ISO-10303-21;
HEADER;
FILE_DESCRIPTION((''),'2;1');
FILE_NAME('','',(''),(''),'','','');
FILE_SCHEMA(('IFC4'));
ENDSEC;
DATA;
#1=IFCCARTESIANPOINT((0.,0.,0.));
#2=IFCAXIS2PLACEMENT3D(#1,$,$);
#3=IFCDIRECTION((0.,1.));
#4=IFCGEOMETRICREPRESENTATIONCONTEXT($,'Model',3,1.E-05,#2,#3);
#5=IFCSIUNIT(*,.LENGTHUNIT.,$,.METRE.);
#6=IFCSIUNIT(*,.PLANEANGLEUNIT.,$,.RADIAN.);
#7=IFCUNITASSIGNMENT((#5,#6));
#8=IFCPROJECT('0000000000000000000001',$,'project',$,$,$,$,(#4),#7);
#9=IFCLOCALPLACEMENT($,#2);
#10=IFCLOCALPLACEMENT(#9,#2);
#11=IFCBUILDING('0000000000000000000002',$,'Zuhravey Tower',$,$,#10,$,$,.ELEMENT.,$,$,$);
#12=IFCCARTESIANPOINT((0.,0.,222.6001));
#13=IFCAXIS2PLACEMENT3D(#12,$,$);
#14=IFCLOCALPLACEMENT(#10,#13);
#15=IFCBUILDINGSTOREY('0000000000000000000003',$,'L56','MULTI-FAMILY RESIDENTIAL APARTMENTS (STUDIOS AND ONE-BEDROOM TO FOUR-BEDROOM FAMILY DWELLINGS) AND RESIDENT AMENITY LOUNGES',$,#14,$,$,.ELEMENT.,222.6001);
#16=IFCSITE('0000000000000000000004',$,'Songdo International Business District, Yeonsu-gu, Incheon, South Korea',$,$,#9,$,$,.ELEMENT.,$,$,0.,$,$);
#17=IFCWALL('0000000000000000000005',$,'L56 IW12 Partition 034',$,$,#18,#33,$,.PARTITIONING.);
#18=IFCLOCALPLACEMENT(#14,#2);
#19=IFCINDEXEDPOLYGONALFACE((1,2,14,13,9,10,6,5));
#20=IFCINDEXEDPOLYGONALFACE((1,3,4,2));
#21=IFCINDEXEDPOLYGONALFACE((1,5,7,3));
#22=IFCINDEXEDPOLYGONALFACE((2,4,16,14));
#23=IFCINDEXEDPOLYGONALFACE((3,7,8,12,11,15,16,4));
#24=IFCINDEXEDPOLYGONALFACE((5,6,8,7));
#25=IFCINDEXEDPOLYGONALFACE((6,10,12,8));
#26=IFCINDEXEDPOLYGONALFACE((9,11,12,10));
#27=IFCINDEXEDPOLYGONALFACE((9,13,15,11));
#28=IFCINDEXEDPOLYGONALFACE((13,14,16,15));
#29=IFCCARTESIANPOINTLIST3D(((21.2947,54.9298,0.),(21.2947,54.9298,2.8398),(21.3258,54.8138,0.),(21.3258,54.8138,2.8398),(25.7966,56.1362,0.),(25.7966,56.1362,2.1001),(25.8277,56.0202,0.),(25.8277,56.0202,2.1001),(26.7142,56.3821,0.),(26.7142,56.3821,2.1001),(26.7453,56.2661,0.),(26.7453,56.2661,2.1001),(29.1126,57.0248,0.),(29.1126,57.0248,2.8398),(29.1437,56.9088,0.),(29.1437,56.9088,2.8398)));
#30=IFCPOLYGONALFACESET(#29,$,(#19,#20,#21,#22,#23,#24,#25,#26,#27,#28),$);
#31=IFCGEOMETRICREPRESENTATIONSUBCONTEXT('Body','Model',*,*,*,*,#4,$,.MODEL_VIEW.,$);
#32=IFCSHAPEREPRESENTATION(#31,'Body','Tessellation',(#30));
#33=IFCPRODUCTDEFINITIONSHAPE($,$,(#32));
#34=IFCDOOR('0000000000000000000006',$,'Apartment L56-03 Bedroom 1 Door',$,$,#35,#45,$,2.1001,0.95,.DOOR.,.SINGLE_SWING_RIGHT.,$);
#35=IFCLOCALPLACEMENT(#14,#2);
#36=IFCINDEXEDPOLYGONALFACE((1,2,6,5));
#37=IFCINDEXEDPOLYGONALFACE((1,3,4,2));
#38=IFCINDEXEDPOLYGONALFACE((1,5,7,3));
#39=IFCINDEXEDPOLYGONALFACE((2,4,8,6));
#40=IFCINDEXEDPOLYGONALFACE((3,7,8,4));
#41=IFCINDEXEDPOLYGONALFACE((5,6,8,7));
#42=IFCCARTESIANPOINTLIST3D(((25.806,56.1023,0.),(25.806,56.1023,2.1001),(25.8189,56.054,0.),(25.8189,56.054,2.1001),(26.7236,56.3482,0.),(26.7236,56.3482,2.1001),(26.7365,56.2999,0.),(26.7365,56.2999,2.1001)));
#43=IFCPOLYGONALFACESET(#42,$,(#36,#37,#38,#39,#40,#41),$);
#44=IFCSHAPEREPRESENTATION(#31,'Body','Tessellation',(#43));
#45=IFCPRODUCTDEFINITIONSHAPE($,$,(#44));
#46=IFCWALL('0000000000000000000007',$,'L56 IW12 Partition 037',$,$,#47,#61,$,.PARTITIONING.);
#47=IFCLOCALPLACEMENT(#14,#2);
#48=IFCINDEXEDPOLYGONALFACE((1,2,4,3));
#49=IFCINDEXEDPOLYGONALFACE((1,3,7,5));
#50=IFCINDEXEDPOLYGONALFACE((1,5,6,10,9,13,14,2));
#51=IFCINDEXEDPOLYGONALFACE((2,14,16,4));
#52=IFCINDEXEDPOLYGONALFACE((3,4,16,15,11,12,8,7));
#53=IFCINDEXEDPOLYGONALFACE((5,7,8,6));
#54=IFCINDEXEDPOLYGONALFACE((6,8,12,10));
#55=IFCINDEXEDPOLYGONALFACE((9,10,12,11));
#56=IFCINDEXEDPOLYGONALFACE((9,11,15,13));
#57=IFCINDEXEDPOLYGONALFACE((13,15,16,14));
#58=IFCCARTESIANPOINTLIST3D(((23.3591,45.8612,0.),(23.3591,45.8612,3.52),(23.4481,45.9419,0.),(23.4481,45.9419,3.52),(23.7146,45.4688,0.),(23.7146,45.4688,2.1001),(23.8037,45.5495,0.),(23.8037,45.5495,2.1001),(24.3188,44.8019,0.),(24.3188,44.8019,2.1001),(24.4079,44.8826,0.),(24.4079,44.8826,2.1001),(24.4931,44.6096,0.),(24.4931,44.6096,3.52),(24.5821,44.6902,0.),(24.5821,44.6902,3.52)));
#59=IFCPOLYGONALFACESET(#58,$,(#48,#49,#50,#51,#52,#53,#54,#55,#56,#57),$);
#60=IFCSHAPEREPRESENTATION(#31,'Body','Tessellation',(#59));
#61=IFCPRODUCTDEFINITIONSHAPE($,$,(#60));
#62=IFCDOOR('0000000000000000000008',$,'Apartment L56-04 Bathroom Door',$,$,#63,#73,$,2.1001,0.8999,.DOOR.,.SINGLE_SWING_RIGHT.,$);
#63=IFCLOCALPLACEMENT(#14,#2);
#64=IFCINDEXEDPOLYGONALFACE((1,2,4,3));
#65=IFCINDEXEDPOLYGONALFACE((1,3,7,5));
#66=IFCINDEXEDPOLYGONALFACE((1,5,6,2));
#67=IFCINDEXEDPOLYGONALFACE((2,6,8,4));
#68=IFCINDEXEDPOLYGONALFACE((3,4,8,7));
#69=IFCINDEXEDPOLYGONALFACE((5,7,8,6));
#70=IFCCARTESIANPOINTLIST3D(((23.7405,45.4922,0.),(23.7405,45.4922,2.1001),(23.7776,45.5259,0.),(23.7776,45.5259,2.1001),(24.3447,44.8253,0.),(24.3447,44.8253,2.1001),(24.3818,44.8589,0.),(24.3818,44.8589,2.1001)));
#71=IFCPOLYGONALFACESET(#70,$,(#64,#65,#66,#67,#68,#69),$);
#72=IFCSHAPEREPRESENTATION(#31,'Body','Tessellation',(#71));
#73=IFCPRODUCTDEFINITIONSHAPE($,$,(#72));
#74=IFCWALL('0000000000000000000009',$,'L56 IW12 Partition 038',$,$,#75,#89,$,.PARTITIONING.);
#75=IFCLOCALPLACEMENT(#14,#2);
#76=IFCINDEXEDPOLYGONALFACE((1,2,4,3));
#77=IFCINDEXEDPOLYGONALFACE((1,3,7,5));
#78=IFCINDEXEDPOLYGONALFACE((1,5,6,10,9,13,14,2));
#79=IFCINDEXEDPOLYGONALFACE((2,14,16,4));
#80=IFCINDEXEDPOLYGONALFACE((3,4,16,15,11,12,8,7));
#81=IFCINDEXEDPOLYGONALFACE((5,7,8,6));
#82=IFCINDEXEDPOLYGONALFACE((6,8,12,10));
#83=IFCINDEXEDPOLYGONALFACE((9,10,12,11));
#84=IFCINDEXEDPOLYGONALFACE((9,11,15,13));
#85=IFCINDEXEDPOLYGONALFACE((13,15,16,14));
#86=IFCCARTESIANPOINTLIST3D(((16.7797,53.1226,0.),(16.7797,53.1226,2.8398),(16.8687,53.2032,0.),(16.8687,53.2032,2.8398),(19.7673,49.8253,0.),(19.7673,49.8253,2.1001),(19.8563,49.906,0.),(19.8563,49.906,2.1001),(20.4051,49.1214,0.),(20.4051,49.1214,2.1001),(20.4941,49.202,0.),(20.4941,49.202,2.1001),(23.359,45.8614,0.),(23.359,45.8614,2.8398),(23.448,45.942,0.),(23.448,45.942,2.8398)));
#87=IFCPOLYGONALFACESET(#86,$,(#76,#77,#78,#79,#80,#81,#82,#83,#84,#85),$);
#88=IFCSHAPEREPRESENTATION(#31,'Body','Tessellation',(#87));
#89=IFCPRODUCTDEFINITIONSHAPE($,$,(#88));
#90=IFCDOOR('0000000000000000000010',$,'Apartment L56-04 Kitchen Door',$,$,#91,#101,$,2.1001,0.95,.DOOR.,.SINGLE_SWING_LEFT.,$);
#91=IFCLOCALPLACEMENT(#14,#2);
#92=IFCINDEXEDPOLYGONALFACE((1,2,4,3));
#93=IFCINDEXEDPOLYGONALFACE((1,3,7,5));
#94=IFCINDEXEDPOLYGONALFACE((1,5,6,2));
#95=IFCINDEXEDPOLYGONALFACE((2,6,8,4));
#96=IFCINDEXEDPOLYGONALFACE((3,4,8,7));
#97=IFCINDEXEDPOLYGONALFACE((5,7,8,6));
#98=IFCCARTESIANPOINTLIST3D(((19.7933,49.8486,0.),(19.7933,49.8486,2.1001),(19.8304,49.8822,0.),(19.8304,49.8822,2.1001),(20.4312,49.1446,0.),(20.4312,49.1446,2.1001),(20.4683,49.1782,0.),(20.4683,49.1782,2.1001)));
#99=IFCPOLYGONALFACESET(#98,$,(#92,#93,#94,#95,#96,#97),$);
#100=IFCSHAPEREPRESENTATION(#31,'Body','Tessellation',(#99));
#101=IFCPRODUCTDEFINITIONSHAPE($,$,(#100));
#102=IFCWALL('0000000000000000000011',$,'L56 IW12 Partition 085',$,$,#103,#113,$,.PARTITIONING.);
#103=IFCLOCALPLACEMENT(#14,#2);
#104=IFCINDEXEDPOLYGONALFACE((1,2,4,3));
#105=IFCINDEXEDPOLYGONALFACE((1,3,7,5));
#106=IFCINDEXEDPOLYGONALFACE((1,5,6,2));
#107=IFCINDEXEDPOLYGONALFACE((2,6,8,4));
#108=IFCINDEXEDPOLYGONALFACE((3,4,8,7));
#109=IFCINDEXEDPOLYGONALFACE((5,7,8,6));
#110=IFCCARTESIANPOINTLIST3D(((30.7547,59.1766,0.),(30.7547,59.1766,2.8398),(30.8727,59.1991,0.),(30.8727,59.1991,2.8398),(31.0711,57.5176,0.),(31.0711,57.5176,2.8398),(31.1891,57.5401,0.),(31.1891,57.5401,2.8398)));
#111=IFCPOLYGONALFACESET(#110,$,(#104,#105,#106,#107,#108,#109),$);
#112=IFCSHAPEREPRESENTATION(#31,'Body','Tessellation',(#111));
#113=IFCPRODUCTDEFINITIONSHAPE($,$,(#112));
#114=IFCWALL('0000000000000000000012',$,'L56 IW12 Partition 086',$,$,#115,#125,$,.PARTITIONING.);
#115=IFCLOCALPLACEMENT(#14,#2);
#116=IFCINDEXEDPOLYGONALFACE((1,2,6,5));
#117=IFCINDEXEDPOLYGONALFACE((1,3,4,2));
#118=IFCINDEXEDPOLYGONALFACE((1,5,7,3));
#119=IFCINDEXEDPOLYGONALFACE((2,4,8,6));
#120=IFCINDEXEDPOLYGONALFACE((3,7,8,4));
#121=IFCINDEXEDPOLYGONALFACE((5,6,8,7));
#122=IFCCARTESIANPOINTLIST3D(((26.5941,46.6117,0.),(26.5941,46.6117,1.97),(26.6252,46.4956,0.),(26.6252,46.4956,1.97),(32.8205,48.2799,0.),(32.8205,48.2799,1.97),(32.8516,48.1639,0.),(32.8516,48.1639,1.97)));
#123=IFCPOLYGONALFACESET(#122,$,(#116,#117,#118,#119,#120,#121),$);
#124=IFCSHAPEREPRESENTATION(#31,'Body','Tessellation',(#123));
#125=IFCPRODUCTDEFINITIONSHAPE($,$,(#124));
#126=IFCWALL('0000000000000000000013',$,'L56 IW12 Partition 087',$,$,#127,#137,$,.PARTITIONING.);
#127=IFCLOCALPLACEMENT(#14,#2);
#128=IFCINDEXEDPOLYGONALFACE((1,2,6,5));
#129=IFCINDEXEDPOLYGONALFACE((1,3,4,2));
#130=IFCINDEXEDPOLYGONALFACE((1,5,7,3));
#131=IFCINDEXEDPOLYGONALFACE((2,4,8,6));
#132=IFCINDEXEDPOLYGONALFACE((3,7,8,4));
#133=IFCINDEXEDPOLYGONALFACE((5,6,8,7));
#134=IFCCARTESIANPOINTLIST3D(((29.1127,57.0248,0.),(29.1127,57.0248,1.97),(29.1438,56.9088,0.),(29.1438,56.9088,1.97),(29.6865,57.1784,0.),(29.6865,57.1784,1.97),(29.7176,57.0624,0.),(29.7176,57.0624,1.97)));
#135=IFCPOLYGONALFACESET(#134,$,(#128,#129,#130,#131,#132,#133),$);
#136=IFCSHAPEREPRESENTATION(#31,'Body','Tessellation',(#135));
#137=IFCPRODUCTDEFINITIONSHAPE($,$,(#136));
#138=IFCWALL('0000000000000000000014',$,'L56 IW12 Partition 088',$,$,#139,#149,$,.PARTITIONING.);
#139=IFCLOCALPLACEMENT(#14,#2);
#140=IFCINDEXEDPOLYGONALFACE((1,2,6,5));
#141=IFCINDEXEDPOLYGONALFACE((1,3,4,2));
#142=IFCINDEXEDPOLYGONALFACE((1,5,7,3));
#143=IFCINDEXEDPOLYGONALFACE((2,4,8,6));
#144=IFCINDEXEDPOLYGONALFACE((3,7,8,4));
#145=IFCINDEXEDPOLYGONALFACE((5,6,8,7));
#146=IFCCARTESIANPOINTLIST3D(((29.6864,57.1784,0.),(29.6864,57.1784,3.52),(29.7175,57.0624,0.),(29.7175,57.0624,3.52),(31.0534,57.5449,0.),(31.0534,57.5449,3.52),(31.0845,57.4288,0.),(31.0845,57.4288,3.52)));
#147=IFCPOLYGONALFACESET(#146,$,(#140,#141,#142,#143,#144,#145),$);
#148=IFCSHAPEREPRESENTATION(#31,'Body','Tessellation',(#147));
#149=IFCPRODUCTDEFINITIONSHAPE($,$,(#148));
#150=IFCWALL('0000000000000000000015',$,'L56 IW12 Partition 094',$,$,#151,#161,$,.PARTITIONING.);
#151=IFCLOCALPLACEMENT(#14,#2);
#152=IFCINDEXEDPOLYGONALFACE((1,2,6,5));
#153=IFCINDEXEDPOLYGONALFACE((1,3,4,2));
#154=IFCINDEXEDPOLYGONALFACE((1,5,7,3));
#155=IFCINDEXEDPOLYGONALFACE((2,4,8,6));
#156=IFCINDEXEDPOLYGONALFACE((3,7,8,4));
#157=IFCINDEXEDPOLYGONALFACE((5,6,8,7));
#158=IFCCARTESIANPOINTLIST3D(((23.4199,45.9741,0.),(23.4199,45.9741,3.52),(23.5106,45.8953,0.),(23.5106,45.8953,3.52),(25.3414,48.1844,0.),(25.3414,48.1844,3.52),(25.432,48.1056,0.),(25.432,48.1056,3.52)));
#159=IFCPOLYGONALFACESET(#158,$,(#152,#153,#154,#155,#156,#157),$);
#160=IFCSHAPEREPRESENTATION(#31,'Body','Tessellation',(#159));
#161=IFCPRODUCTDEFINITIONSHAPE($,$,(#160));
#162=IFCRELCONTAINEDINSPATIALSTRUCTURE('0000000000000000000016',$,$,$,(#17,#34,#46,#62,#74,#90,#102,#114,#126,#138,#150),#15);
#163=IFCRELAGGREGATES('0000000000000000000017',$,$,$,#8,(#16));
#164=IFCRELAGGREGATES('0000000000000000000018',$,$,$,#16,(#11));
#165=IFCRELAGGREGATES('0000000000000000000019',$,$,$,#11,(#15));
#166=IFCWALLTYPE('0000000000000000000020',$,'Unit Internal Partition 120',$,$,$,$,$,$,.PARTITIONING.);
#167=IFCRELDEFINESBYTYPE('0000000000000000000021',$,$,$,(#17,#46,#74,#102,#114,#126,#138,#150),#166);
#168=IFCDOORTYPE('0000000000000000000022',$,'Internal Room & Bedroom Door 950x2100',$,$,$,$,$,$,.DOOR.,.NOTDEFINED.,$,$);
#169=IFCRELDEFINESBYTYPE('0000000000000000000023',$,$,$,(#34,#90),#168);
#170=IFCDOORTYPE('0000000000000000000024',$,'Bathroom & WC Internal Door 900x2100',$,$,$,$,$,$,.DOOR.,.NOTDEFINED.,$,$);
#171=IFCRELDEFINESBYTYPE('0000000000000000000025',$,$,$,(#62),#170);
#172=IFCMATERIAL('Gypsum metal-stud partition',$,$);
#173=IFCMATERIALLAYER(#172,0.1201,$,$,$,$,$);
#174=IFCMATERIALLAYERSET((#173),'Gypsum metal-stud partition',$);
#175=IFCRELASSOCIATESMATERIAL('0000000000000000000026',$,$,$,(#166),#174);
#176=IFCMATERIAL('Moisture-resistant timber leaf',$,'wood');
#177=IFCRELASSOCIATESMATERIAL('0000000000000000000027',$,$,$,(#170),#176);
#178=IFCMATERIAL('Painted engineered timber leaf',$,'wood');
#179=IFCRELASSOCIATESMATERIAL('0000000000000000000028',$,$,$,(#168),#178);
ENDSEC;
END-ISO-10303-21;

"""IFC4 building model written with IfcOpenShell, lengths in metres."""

from ifc_helpers import new_model, si_unit, direction, frame, frame_2d, origin, place, context, subcontext, project, spatial, rectangle, extrude, material, layer, layer_set, type_object, element, fill, save


model = new_model("IFC4")

# Units and contexts
model_context = context("Model", 3, precision=1e-05, world=origin(), true_north=direction((0.0, 1.0)))
body_context = subcontext(model_context, "Body", "Model", "MODEL_VIEW")
ifc_project = project(units=[si_unit("LENGTHUNIT", "METRE"), si_unit("PLANEANGLEUNIT", "RADIAN")], contexts=[model_context])

# Site, building, storey
site_placement = place(None, origin())
site = spatial("IfcSite", under=ifc_project, at=site_placement, Name="Songdo International Business District, Yeonsu-gu, Incheon, South Korea", CompositionType="ELEMENT", RefElevation=0.0)
building_placement = place(site_placement, origin())
building = spatial("IfcBuilding", under=site, at=building_placement, Name="Zuhravey Tower", CompositionType="ELEMENT")
storey_placement = place(building_placement, frame((0.0, 0.0, 222.6001)))
storey = spatial("IfcBuildingStorey", under=building, at=storey_placement, Name="L56", Description="MULTI-FAMILY RESIDENTIAL APARTMENTS (STUDIOS AND ONE-BEDROOM TO FOUR-BEDROOM FAMILY DWELLINGS) AND RESIDENT AMENITY LOUNGES", CompositionType="ELEMENT", Elevation=222.6001)

# Walls, openings, doors
ifc_material_1 = material(Name="Gypsum metal-stud partition")
ifc_layer_1 = layer(ifc_material_1, 0.1201)
ifc_layer_set_1 = layer_set([ifc_layer_1], Name="Gypsum metal-stud partition")
wall_type_1 = type_object("IfcWallType", Name="Unit Internal Partition 120", PredefinedType="PARTITIONING", material=ifc_layer_set_1)
ifc_material_2 = material(Name="Moisture-resistant timber leaf", Category="wood")
door_type_1 = type_object("IfcDoorType", Name="Bathroom & WC Internal Door 900x2100", OperationType="NOTDEFINED", PredefinedType="DOOR", material=ifc_material_2)
ifc_material_3 = material(Name="Painted engineered timber leaf", Category="wood")
door_type_2 = type_object("IfcDoorType", Name="Internal Room & Bedroom Door 950x2100", OperationType="NOTDEFINED", PredefinedType="DOOR", material=ifc_material_3)
wall_1_placement = place(storey_placement, frame((29.1282, 56.9668, 0.0), z_axis=(0.0, 0.0, 1.0), x_axis=(-0.96592, -0.25884, 0.0)))
wall_1 = element("IfcWall", 1, at=wall_1_placement, inside=storey, type_object=wall_type_1, Name="L56 IW12 Partition 034", PredefinedType="PARTITIONING", context=body_context, shape_type="SweptSolid", body=[
    extrude(rectangle(XDim=8.0938, YDim=0.1201, at=frame_2d((4.0469, 0.0))), origin(), (0.0, 0.0, 1.0), 2.8398),
])
opening_1_placement = place(wall_1_placement, frame((2.4829, 0.0, 0.0)))
opening_1 = element("IfcOpeningElement", 2, at=opening_1_placement, cuts=wall_1, PredefinedType="OPENING", context=body_context, shape_type="SweptSolid", body=[
    extrude(rectangle(XDim=0.95, YDim=2.1001, at=frame_2d((0.4751, 1.05))), frame((0.0, 0.072, 0.0), z_axis=(0.0, -1.0, 0.0), x_axis=(1.0, 0.0, 0.0)), (0.0, 0.0, 1.0), 0.144),
])
door_1_placement = place(opening_1_placement, frame((0.95, 0.0, 0.0), z_axis=(0.0, 0.0, 1.0), x_axis=(-1.0, 0.0, 0.0)))
door_1 = element("IfcDoor", 3, at=door_1_placement, inside=storey, type_object=door_type_2, Name="Apartment L56-03 Bedroom 1 Door", OperationType="SINGLE_SWING_RIGHT", OverallHeight=2.1001, OverallWidth=0.95, PredefinedType="DOOR", context=body_context, shape_type="SweptSolid", body=[
    extrude(rectangle(XDim=0.95, YDim=2.1001, at=frame_2d((0.4751, 1.05))), frame((0.0, 0.0249, 0.0), z_axis=(0.0, -1.0, 0.0), x_axis=(1.0, 0.0, 0.0)), (0.0, 0.0, 1.0), 0.05),
])
fill(opening_1, door_1)
wall_2_placement = place(storey_placement, frame((24.5376, 44.6499, 0.0), z_axis=(0.0, 0.0, 1.0), x_axis=(-0.671413, 0.741084, 0.0)))
wall_2 = element("IfcWall", 4, at=wall_2_placement, inside=storey, type_object=wall_type_1, Name="L56 IW12 Partition 037", PredefinedType="PARTITIONING", context=body_context, shape_type="SweptSolid", body=[
    extrude(rectangle(XDim=1.689, YDim=0.1201, at=frame_2d((0.8445, 0.0))), origin(), (0.0, 0.0, 1.0), 3.52),
])
opening_2_placement = place(wall_2_placement, frame((0.2595, 0.0, 0.0)))
opening_2 = element("IfcOpeningElement", 5, at=opening_2_placement, cuts=wall_2, PredefinedType="OPENING", context=body_context, shape_type="SweptSolid", body=[
    extrude(rectangle(XDim=0.8999, YDim=2.1001, at=frame_2d((0.45, 1.05))), frame((0.0, 0.072, 0.0), z_axis=(0.0, -1.0, 0.0), x_axis=(1.0, 0.0, 0.0)), (0.0, 0.0, 1.0), 0.144),
])
door_2_placement = place(opening_2_placement, frame((0.8999, 0.0, 0.0), z_axis=(0.0, 0.0, 1.0), x_axis=(-1.0, 0.0, 0.0)))
door_2 = element("IfcDoor", 6, at=door_2_placement, inside=storey, type_object=door_type_1, Name="Apartment L56-04 Bathroom Door", OperationType="SINGLE_SWING_RIGHT", OverallHeight=2.1001, OverallWidth=0.8999, PredefinedType="DOOR", context=body_context, shape_type="SweptSolid", body=[
    extrude(rectangle(XDim=0.8999, YDim=2.1001, at=frame_2d((0.45, 1.05))), frame((0.0, 0.0249, 0.0), z_axis=(0.0, -1.0, 0.0), x_axis=(1.0, 0.0, 0.0)), (0.0, 0.0, 1.0), 0.05),
])
fill(opening_2, door_2)
wall_3_placement = place(storey_placement, frame((23.4036, 45.9016, 0.0), z_axis=(0.0, 0.0, 1.0), x_axis=(-0.671455, 0.741045, 0.0)))
wall_3 = element("IfcWall", 7, at=wall_3_placement, inside=storey, type_object=wall_type_1, Name="L56 IW12 Partition 038", PredefinedType="PARTITIONING", context=body_context, shape_type="SweptSolid", body=[
    extrude(rectangle(XDim=9.7986, YDim=0.1201, at=frame_2d((4.8994, 0.0))), origin(), (0.0, 0.0, 1.0), 2.8398),
])
opening_3_placement = place(wall_3_placement, frame((4.3992, 0.0, 0.0)))
opening_3 = element("IfcOpeningElement", 8, at=opening_3_placement, cuts=wall_3, PredefinedType="OPENING", context=body_context, shape_type="SweptSolid", body=[
    extrude(rectangle(XDim=0.95, YDim=2.1001, at=frame_2d((0.4751, 1.05))), frame((0.0, 0.072, 0.0), z_axis=(0.0, -1.0, 0.0), x_axis=(1.0, 0.0, 0.0)), (0.0, 0.0, 1.0), 0.144),
])
door_3_placement = place(opening_3_placement, frame((0.95, 0.0, 0.0), z_axis=(0.0, 0.0, 1.0), x_axis=(-1.0, 0.0, 0.0)))
door_3 = element("IfcDoor", 9, at=door_3_placement, inside=storey, type_object=door_type_2, Name="Apartment L56-04 Kitchen Door", OperationType="SINGLE_SWING_LEFT", OverallHeight=2.1001, OverallWidth=0.95, PredefinedType="DOOR", context=body_context, shape_type="SweptSolid", body=[
    extrude(rectangle(XDim=0.95, YDim=2.1001, at=frame_2d((0.4751, 1.05))), frame((0.0, 0.0249, 0.0), z_axis=(0.0, -1.0, 0.0), x_axis=(1.0, 0.0, 0.0)), (0.0, 0.0, 1.0), 0.05),
])
fill(opening_3, door_3)

# Walls
wall_4_placement = place(storey_placement, frame((31.1301, 57.5288, 0.0), z_axis=(0.0, 0.0, 1.0), x_axis=(-0.187325, 0.982298, 0.0)))
element("IfcWall", 10, at=wall_4_placement, inside=storey, type_object=wall_type_1, Name="L56 IW12 Partition 085", PredefinedType="PARTITIONING", context=body_context, shape_type="SweptSolid", body=[
    extrude(rectangle(XDim=1.689, YDim=0.1201, at=frame_2d((0.8445, 0.0))), origin(), (0.0, 0.0, 1.0), 2.8398),
])
wall_5_placement = place(storey_placement, frame((32.8362, 48.2219, 0.0), z_axis=(0.0, 0.0, 1.0), x_axis=(-0.965931, -0.258801, 0.0)))
element("IfcWall", 11, at=wall_5_placement, inside=storey, type_object=wall_type_1, Name="L56 IW12 Partition 086", PredefinedType="PARTITIONING", context=body_context, shape_type="SweptSolid", body=[
    extrude(rectangle(XDim=6.446, YDim=0.1201, at=frame_2d((3.2231, 0.0))), origin(), (0.0, 0.0, 1.0), 1.97),
])
wall_6_placement = place(storey_placement, frame((29.7019, 57.1204, 0.0), z_axis=(0.0, 0.0, 1.0), x_axis=(-0.965996, -0.258558, 0.0)))
element("IfcWall", 12, at=wall_6_placement, inside=storey, type_object=wall_type_1, Name="L56 IW12 Partition 087", PredefinedType="PARTITIONING", context=body_context, shape_type="SweptSolid", body=[
    extrude(rectangle(XDim=0.594, YDim=0.1201, at=frame_2d((0.2969, 0.0))), origin(), (0.0, 0.0, 1.0), 1.97),
])
wall_7_placement = place(storey_placement, frame((31.0688, 57.4868, 0.0), z_axis=(0.0, 0.0, 1.0), x_axis=(-0.965893, -0.25894, 0.0)))
element("IfcWall", 13, at=wall_7_placement, inside=storey, type_object=wall_type_1, Name="L56 IW12 Partition 088", PredefinedType="PARTITIONING", context=body_context, shape_type="SweptSolid", body=[
    extrude(rectangle(XDim=1.4153, YDim=0.1201, at=frame_2d((0.7075, 0.0))), origin(), (0.0, 0.0, 1.0), 3.52),
])
wall_8_placement = place(storey_placement, frame((25.3867, 48.145, 0.0), z_axis=(0.0, 0.0, 1.0), x_axis=(-0.656076, -0.754695, 0.0)))
element("IfcWall", 14, at=wall_8_placement, inside=storey, type_object=wall_type_1, Name="L56 IW12 Partition 094", PredefinedType="PARTITIONING", context=body_context, shape_type="SweptSolid", body=[
    extrude(rectangle(XDim=2.9287, YDim=0.1201, at=frame_2d((1.4644, 0.0))), origin(), (0.0, 0.0, 1.0), 3.52),
])

save(model, "model.ifc")
